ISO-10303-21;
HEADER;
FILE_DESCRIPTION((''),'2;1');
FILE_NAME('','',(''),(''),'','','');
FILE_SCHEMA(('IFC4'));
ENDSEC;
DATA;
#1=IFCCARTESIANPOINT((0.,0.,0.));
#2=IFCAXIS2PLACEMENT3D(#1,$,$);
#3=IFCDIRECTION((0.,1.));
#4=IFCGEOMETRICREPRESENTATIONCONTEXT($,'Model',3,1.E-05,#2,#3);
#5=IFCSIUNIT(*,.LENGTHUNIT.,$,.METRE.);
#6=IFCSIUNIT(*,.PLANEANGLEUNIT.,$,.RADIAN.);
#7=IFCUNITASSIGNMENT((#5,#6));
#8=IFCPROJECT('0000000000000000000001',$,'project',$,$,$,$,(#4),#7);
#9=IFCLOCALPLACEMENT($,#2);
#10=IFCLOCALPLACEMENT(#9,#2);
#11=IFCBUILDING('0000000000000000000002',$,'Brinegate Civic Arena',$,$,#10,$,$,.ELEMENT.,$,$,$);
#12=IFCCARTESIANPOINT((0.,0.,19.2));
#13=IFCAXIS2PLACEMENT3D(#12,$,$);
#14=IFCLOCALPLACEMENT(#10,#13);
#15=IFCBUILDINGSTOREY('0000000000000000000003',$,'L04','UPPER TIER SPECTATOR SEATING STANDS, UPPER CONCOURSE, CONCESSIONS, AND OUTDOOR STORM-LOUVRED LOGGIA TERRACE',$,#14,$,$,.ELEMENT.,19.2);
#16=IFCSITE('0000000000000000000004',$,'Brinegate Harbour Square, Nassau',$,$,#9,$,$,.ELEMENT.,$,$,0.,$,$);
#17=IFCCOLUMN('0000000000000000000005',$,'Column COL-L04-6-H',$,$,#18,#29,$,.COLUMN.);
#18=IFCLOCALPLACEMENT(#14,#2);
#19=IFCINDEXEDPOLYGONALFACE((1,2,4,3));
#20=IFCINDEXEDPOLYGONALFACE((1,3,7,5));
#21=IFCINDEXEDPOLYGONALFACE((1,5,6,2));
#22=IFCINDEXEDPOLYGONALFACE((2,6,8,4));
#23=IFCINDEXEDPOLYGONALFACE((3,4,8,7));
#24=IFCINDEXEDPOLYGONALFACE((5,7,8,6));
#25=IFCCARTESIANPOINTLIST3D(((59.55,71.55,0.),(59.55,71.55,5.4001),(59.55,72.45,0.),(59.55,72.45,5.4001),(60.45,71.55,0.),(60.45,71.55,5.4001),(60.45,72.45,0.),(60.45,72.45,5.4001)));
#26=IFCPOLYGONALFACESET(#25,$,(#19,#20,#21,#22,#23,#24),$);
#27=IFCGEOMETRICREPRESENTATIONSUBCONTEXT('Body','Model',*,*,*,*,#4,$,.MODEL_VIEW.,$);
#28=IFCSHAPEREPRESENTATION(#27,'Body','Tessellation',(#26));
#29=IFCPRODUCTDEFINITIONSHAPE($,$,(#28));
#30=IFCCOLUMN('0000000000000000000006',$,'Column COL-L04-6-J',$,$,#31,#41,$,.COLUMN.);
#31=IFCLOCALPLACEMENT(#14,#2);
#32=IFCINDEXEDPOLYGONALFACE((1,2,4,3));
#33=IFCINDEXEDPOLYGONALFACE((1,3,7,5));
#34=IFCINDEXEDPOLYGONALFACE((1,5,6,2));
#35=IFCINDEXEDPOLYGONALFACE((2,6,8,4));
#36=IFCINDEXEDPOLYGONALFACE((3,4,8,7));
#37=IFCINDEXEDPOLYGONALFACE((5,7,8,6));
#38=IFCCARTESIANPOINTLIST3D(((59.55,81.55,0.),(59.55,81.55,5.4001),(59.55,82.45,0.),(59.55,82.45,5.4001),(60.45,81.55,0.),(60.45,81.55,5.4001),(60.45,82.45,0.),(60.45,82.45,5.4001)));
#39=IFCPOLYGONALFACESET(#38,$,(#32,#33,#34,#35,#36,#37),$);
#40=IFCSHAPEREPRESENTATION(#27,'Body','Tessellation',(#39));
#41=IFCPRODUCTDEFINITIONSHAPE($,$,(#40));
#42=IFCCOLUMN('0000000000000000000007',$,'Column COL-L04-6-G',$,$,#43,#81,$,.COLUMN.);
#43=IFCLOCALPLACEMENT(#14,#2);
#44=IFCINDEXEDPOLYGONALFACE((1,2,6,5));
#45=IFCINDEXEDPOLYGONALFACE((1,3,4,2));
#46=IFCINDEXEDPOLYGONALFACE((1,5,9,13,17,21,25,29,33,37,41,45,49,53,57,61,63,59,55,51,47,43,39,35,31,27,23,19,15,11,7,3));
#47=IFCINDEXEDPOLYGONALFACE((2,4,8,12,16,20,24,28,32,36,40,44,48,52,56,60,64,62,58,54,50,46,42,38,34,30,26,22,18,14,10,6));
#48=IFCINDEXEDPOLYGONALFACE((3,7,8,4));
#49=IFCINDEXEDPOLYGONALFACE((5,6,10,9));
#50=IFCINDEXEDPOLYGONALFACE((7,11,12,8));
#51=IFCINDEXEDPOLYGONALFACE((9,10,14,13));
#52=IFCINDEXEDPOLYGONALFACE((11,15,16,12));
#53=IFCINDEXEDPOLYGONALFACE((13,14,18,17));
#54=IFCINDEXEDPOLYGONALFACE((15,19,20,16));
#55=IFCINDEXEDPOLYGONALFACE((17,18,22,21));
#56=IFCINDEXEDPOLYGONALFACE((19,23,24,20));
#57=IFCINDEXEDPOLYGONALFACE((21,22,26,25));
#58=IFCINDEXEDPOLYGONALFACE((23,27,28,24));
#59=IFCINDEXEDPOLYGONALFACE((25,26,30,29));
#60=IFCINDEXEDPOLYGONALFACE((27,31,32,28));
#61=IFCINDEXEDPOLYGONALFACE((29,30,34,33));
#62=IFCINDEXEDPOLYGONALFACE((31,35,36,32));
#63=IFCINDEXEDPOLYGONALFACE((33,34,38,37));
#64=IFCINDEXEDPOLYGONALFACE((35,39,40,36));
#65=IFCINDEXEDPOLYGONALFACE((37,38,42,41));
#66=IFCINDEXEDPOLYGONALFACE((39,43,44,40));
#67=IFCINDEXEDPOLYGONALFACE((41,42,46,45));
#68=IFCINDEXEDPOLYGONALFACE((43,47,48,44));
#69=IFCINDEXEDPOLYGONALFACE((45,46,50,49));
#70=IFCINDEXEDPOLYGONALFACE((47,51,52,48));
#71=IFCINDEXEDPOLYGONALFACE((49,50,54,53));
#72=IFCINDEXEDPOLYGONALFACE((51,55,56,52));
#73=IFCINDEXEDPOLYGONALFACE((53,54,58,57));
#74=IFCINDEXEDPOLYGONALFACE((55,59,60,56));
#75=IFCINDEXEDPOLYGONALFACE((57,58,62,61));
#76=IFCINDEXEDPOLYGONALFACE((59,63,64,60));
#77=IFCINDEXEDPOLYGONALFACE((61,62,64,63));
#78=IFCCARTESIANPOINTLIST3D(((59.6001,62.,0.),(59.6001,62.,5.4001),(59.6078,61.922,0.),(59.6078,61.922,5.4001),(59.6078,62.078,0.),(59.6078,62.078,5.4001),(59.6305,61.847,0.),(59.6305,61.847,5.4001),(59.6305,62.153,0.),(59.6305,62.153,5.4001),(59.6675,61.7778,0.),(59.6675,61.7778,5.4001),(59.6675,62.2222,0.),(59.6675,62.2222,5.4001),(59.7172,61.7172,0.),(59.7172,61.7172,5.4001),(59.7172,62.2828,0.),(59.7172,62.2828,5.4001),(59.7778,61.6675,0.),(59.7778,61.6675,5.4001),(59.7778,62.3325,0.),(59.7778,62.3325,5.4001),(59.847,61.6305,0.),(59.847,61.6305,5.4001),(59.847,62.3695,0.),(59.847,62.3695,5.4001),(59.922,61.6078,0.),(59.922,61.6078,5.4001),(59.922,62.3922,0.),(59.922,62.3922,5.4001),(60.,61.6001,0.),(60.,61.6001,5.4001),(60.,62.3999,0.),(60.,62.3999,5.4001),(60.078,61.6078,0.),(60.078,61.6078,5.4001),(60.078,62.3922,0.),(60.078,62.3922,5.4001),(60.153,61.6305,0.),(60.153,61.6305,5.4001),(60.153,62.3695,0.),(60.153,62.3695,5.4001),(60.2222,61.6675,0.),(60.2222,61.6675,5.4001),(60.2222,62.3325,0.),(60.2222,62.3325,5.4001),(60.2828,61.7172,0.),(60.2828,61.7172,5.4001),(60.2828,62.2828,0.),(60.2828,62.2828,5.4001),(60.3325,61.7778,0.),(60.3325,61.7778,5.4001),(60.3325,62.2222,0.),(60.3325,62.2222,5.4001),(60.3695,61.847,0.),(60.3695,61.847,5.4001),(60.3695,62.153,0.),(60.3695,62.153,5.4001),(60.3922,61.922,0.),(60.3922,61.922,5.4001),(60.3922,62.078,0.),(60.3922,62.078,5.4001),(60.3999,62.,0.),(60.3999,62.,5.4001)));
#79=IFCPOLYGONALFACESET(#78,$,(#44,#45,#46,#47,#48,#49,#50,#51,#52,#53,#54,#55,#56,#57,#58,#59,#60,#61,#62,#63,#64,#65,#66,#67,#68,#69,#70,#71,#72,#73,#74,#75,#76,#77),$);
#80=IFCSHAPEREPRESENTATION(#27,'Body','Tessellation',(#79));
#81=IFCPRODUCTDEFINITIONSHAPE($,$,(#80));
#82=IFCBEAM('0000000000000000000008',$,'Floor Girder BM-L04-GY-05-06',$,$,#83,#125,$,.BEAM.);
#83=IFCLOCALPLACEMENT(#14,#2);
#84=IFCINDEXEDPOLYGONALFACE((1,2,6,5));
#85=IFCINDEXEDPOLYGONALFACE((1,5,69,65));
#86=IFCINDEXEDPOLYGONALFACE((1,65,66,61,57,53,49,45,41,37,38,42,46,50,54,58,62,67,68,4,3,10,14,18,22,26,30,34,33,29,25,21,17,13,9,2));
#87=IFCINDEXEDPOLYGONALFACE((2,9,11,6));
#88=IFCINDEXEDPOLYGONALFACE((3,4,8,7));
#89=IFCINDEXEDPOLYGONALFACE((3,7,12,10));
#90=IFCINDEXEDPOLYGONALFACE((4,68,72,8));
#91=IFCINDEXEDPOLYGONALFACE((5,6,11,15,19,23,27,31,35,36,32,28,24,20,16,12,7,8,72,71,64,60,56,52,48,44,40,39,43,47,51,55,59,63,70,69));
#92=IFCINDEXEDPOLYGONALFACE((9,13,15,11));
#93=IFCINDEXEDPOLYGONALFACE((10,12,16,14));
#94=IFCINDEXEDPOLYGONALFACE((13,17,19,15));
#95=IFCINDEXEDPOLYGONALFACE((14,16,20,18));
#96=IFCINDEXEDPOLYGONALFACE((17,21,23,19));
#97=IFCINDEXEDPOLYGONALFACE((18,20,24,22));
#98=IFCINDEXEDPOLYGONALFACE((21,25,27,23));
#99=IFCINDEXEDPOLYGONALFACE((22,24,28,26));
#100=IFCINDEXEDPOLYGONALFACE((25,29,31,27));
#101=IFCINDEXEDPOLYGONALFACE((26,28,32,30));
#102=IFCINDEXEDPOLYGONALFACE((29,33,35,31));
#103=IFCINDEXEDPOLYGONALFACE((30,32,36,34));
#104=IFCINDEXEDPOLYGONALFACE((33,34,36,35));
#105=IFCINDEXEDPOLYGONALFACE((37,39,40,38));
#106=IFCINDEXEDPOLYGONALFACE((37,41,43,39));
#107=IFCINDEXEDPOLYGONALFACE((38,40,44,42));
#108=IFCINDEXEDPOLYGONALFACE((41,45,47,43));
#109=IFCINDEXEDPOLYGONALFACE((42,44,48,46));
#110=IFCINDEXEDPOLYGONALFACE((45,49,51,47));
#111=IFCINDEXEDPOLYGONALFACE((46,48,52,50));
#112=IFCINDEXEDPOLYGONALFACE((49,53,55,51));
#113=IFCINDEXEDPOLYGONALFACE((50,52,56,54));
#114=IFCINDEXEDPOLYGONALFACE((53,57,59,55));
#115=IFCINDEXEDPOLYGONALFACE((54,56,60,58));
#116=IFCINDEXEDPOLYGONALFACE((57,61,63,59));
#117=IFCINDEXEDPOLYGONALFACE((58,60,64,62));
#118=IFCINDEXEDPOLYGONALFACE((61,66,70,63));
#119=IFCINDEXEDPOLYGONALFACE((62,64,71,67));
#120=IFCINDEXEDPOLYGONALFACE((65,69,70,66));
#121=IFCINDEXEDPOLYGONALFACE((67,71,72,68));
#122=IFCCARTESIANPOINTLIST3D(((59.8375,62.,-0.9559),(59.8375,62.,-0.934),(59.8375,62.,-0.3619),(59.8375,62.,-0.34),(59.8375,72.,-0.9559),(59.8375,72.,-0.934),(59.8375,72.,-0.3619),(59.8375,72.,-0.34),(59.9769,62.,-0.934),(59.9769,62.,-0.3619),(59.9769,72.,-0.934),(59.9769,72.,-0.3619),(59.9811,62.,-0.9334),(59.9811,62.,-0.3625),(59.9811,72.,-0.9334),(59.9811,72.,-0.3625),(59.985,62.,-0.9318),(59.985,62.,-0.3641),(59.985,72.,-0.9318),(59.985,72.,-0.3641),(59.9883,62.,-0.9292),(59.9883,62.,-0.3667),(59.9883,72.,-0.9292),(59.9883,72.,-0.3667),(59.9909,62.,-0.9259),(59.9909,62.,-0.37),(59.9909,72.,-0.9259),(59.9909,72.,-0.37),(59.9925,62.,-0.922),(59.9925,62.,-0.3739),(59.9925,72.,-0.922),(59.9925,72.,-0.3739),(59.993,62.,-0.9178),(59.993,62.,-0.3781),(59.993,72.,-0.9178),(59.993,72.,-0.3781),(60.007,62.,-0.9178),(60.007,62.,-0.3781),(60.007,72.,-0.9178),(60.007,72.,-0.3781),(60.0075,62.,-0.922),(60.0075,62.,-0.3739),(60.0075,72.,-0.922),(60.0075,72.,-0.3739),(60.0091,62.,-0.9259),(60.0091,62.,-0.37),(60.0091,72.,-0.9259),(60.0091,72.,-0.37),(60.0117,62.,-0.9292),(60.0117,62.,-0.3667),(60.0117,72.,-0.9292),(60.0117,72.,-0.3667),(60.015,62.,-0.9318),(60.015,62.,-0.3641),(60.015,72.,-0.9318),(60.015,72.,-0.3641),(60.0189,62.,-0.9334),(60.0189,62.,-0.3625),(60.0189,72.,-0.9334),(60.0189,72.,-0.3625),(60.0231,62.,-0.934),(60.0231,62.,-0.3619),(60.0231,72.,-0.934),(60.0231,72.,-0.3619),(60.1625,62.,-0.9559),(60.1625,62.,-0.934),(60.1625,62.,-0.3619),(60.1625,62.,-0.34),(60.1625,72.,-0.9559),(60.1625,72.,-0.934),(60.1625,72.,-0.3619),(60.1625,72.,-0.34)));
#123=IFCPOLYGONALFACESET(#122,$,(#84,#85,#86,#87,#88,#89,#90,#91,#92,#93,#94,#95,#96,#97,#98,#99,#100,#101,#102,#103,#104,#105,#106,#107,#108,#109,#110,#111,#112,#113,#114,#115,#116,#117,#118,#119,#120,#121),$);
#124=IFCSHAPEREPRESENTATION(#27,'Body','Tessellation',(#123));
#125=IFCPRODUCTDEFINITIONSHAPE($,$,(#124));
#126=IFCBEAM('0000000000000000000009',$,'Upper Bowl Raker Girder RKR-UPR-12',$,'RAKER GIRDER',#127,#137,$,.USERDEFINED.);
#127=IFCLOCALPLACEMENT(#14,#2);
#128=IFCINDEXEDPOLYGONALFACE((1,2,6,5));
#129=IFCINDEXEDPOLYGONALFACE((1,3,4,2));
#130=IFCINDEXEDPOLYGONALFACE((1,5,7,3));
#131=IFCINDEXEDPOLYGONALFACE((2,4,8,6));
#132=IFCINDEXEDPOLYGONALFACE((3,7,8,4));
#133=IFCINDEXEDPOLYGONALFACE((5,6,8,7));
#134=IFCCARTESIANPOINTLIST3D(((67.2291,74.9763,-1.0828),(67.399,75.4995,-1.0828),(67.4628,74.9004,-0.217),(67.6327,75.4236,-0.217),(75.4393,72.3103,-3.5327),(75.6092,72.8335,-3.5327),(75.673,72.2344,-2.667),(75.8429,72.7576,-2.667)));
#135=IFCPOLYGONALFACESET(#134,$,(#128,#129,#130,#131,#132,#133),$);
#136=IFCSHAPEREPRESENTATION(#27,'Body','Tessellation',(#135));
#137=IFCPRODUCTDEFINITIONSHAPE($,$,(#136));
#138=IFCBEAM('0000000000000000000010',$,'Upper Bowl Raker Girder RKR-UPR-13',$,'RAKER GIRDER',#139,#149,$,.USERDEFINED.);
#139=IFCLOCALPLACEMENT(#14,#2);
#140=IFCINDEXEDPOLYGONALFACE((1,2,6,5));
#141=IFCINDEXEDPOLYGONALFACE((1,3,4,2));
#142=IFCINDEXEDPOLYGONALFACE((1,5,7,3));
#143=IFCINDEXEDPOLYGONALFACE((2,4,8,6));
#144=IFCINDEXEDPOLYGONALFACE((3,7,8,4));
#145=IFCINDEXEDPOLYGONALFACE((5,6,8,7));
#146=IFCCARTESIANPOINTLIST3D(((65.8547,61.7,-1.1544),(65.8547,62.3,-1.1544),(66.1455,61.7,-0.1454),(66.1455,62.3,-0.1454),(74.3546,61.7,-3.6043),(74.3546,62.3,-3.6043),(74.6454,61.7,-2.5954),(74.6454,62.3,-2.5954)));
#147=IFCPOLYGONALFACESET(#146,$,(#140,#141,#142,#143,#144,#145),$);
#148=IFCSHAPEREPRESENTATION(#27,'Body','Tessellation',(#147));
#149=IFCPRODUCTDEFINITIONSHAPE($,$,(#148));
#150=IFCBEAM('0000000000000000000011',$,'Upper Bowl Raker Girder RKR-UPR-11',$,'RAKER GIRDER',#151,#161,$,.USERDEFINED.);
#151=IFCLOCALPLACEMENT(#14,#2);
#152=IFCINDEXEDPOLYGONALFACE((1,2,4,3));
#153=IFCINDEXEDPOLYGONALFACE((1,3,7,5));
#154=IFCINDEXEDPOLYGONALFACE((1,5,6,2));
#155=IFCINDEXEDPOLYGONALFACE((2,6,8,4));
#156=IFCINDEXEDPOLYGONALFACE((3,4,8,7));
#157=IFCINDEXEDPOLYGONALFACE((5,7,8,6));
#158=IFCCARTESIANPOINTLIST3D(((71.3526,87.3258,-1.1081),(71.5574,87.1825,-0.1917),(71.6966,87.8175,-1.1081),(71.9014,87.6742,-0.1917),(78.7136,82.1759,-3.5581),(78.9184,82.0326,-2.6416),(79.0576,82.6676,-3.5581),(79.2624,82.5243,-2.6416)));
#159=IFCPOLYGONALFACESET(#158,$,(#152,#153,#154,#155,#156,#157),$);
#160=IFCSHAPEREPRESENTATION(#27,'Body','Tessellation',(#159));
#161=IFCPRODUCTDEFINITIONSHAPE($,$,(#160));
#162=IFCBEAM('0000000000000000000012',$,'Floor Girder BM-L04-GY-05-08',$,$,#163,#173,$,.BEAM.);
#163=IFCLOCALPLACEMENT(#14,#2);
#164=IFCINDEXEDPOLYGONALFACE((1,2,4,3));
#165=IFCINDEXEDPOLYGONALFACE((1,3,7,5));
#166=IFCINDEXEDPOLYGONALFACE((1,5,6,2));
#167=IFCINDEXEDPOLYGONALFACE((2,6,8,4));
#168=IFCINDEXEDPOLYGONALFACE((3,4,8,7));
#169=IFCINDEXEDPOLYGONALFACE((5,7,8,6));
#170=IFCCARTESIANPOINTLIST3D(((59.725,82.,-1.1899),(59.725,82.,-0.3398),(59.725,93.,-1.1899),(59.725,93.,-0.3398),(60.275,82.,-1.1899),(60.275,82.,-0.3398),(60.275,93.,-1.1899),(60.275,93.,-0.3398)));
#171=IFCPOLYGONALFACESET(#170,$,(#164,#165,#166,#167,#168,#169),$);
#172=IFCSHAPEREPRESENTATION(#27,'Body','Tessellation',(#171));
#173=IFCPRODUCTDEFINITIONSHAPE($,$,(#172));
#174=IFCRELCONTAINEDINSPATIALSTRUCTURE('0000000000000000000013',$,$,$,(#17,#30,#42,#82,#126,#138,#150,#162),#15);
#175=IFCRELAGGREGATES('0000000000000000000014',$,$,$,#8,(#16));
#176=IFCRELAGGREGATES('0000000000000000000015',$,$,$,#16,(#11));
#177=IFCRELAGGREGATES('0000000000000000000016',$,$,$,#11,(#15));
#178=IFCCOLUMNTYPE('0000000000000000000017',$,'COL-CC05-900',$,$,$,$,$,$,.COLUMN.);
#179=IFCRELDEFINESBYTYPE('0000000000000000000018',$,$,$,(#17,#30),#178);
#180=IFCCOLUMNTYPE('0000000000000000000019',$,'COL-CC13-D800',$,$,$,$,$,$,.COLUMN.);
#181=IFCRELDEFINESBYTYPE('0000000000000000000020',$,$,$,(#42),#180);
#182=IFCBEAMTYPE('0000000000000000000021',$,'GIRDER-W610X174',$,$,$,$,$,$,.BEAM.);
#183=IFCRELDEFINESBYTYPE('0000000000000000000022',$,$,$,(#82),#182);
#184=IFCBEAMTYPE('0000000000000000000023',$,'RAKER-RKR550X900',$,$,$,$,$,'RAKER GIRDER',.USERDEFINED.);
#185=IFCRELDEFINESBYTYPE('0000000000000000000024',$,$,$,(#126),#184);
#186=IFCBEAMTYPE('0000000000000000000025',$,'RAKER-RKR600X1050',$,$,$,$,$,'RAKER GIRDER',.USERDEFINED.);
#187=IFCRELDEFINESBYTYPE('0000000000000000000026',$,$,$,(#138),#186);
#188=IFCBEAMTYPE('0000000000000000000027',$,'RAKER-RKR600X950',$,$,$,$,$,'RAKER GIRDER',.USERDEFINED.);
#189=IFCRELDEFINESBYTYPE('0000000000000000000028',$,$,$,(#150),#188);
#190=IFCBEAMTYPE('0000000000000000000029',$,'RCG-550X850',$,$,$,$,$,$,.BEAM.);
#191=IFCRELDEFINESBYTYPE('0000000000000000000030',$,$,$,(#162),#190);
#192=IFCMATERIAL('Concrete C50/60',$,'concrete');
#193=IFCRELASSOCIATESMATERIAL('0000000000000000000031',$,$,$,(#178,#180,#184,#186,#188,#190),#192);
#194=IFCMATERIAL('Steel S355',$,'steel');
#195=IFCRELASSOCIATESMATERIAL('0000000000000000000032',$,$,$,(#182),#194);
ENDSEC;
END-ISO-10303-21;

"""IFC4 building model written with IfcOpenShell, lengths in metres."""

from ifc_helpers import new_model, si_unit, direction, frame, origin, origin_2d, place, context, subcontext, project, spatial, rectangle, circle, i_section, extrude, material, material_profile, profile_set, type_object, element, save


model = new_model("IFC4")

# Units and contexts
model_context = context("Model", 3, precision=1e-05, world=origin(), true_north=direction((0.0, 1.0)))
body_context = subcontext(model_context, "Body", "Model", "MODEL_VIEW")
ifc_project = project(units=[si_unit("LENGTHUNIT", "METRE"), si_unit("PLANEANGLEUNIT", "RADIAN")], contexts=[model_context])

# Site, building, storey
site_placement = place(None, origin())
site = spatial("IfcSite", under=ifc_project, at=site_placement, Name="Brinegate Harbour Square, Nassau", CompositionType="ELEMENT", RefElevation=0.0)
building_placement = place(site_placement, origin())
building = spatial("IfcBuilding", under=site, at=building_placement, Name="Brinegate Civic Arena", CompositionType="ELEMENT")
storey_placement = place(building_placement, frame((0.0, 0.0, 19.2)))
storey = spatial("IfcBuildingStorey", under=building, at=storey_placement, Name="L04", Description="UPPER TIER SPECTATOR SEATING STANDS, UPPER CONCOURSE, CONCESSIONS, AND OUTDOOR STORM-LOUVRED LOGGIA TERRACE", CompositionType="ELEMENT", Elevation=19.2)

# Columns
ifc_material_1 = material(Name="Concrete C50/60", Category="concrete")
ifc_material_profile_1 = material_profile(ifc_material_1, rectangle(XDim=0.8999, YDim=0.8999, at=origin_2d()), Name="RC900X900")
ifc_profile_set_1 = profile_set([ifc_material_profile_1], Name="Concrete C50/60")
column_type_1 = type_object("IfcColumnType", Name="COL-CC05-900", PredefinedType="COLUMN", material=ifc_profile_set_1)
for number, where, z_axis, x_axis, name in (
    (1, (60.0, 72.0, 0.0), (0.0, 0.0, 1.0), (1.0, 0.0, 0.0), "Column COL-L04-6-H"),
    (2, (60.0, 82.0, 0.0), (0.0, 0.0, 1.0), (1.0, 0.0, 0.0), "Column COL-L04-6-J"),
):
    element("IfcColumn", number, at=place(storey_placement, frame(where, z_axis=z_axis, x_axis=x_axis)), inside=storey, type_object=column_type_1, Name=name, PredefinedType="COLUMN", context=body_context, shape_type="SweptSolid", body=[
        extrude(rectangle(XDim=0.8999, YDim=0.8999, at=origin_2d()), origin(), (0.0, 0.0, 1.0), 5.4001),
    ])
ifc_material_profile_2 = material_profile(ifc_material_1, circle(Radius=0.3999, at=origin_2d()), Name="RCD800")
ifc_profile_set_2 = profile_set([ifc_material_profile_2], Name="Concrete C50/60")
column_type_2 = type_object("IfcColumnType", Name="COL-CC13-D800", PredefinedType="COLUMN", material=ifc_profile_set_2)
column_placement = place(storey_placement, frame((60.0, 62.0, 0.0), z_axis=(0.0, 0.0, 1.0), x_axis=(1.0, 0.0, 0.0)))
element("IfcColumn", 3, at=column_placement, inside=storey, type_object=column_type_2, Name="Column COL-L04-6-G", PredefinedType="COLUMN", context=body_context, shape_type="SweptSolid", body=[
    extrude(circle(Radius=0.3999, at=origin_2d()), origin(), (0.0, 0.0, 1.0), 5.4001),
])

# Beams
ifc_material_2 = material(Name="Steel S355", Category="steel")
ifc_material_profile_3 = material_profile(ifc_material_2, i_section(OverallWidth=0.325, OverallDepth=0.616, WebThickness=0.0139, FlangeThickness=0.022, FilletRadius=0.0161, at=origin_2d()), Name="W610X174")
ifc_profile_set_3 = profile_set([ifc_material_profile_3], Name="Steel S355")
beam_type_1 = type_object("IfcBeamType", Name="GIRDER-W610X174", PredefinedType="BEAM", material=ifc_profile_set_3)
beam_1_placement = place(storey_placement, frame((60.0, 62.0, -0.6479), z_axis=(0.0, 1.0, 0.0), x_axis=(-1.0, 0.0, 0.0)))
element("IfcBeam", 4, at=beam_1_placement, inside=storey, type_object=beam_type_1, Name="Floor Girder BM-L04-GY-05-06", PredefinedType="BEAM", context=body_context, shape_type="SweptSolid", body=[
    extrude(i_section(OverallWidth=0.325, OverallDepth=0.616, WebThickness=0.0139, FlangeThickness=0.022, FilletRadius=0.0161, at=origin_2d()), origin(), (0.0, 0.0, 1.0), 10.0),
])
ifc_material_profile_4 = material_profile(ifc_material_1, rectangle(XDim=0.55, YDim=0.8999, at=origin_2d()), Name="RKR550X900")
ifc_profile_set_4 = profile_set([ifc_material_profile_4], Name="Concrete C50/60")
beam_type_2 = type_object("IfcBeamType", Name="RAKER-RKR550X900", ElementType="RAKER GIRDER", PredefinedType="USERDEFINED", material=ifc_profile_set_4)
beam_2_placement = place(storey_placement, frame((75.6411, 72.5339, -3.0999), z_axis=(-0.914975, 0.29711, 0.273031), x_axis=(-0.308845, -0.951112, 0.0)))
element("IfcBeam", 5, at=beam_2_placement, inside=storey, type_object=beam_type_2, Name="Upper Bowl Raker Girder RKR-UPR-12", ObjectType="RAKER GIRDER", PredefinedType="USERDEFINED", context=body_context, shape_type="SweptSolid", body=[
    extrude(rectangle(XDim=0.55, YDim=0.8999, at=origin_2d()), origin(), (0.0, 0.0, 1.0), 8.9731),
])
ifc_material_profile_5 = material_profile(ifc_material_1, rectangle(XDim=0.6001, YDim=1.05, at=origin_2d()), Name="RKR600X1050")
ifc_profile_set_5 = profile_set([ifc_material_profile_5], Name="Concrete C50/60")
beam_type_3 = type_object("IfcBeamType", Name="RAKER-RKR600X1050", ElementType="RAKER GIRDER", PredefinedType="USERDEFINED", material=ifc_profile_set_5)
beam_3_placement = place(storey_placement, frame((74.5, 62.0, -3.0999), z_axis=(-0.960883, 0.0, 0.276955), x_axis=(0.0, -1.0, 0.0)))
element("IfcBeam", 6, at=beam_3_placement, inside=storey, type_object=beam_type_3, Name="Upper Bowl Raker Girder RKR-UPR-13", ObjectType="RAKER GIRDER", PredefinedType="USERDEFINED", context=body_context, shape_type="SweptSolid", body=[
    extrude(rectangle(XDim=0.6001, YDim=1.05, at=origin_2d()), origin(), (0.0, 0.0, 1.0), 8.8459),
])
ifc_material_profile_6 = material_profile(ifc_material_1, rectangle(XDim=0.6001, YDim=0.95, at=origin_2d()), Name="RKR600X950")
ifc_profile_set_6 = profile_set([ifc_material_profile_6], Name="Concrete C50/60")
beam_type_4 = type_object("IfcBeamType", Name="RAKER-RKR600X950", ElementType="RAKER GIRDER", PredefinedType="USERDEFINED", material=ifc_profile_set_6)
beam_4_placement = place(storey_placement, frame((78.988, 82.3501, -3.0999), z_axis=(-0.790513, 0.553052, 0.263102), x_axis=(-0.573249, -0.819381, 0.0)))
element("IfcBeam", 7, at=beam_4_placement, inside=storey, type_object=beam_type_4, Name="Upper Bowl Raker Girder RKR-UPR-11", ObjectType="RAKER GIRDER", PredefinedType="USERDEFINED", context=body_context, shape_type="SweptSolid", body=[
    extrude(rectangle(XDim=0.6001, YDim=0.95, at=origin_2d()), origin(), (0.0, 0.0, 1.0), 9.3118),
])
ifc_material_profile_7 = material_profile(ifc_material_1, rectangle(XDim=0.55, YDim=0.8501, at=origin_2d()), Name="RCB550X850")
ifc_profile_set_7 = profile_set([ifc_material_profile_7], Name="Concrete C50/60")
beam_type_5 = type_object("IfcBeamType", Name="RCG-550X850", PredefinedType="BEAM", material=ifc_profile_set_7)
beam_5_placement = place(storey_placement, frame((60.0, 82.0, -0.7649), z_axis=(0.0, 1.0, 0.0), x_axis=(-1.0, 0.0, 0.0)))
element("IfcBeam", 8, at=beam_5_placement, inside=storey, type_object=beam_type_5, Name="Floor Girder BM-L04-GY-05-08", PredefinedType="BEAM", context=body_context, shape_type="SweptSolid", body=[
    extrude(rectangle(XDim=0.55, YDim=0.8501, at=origin_2d()), origin(), (0.0, 0.0, 1.0), 11.0),
])

save(model, "model.ifc")
